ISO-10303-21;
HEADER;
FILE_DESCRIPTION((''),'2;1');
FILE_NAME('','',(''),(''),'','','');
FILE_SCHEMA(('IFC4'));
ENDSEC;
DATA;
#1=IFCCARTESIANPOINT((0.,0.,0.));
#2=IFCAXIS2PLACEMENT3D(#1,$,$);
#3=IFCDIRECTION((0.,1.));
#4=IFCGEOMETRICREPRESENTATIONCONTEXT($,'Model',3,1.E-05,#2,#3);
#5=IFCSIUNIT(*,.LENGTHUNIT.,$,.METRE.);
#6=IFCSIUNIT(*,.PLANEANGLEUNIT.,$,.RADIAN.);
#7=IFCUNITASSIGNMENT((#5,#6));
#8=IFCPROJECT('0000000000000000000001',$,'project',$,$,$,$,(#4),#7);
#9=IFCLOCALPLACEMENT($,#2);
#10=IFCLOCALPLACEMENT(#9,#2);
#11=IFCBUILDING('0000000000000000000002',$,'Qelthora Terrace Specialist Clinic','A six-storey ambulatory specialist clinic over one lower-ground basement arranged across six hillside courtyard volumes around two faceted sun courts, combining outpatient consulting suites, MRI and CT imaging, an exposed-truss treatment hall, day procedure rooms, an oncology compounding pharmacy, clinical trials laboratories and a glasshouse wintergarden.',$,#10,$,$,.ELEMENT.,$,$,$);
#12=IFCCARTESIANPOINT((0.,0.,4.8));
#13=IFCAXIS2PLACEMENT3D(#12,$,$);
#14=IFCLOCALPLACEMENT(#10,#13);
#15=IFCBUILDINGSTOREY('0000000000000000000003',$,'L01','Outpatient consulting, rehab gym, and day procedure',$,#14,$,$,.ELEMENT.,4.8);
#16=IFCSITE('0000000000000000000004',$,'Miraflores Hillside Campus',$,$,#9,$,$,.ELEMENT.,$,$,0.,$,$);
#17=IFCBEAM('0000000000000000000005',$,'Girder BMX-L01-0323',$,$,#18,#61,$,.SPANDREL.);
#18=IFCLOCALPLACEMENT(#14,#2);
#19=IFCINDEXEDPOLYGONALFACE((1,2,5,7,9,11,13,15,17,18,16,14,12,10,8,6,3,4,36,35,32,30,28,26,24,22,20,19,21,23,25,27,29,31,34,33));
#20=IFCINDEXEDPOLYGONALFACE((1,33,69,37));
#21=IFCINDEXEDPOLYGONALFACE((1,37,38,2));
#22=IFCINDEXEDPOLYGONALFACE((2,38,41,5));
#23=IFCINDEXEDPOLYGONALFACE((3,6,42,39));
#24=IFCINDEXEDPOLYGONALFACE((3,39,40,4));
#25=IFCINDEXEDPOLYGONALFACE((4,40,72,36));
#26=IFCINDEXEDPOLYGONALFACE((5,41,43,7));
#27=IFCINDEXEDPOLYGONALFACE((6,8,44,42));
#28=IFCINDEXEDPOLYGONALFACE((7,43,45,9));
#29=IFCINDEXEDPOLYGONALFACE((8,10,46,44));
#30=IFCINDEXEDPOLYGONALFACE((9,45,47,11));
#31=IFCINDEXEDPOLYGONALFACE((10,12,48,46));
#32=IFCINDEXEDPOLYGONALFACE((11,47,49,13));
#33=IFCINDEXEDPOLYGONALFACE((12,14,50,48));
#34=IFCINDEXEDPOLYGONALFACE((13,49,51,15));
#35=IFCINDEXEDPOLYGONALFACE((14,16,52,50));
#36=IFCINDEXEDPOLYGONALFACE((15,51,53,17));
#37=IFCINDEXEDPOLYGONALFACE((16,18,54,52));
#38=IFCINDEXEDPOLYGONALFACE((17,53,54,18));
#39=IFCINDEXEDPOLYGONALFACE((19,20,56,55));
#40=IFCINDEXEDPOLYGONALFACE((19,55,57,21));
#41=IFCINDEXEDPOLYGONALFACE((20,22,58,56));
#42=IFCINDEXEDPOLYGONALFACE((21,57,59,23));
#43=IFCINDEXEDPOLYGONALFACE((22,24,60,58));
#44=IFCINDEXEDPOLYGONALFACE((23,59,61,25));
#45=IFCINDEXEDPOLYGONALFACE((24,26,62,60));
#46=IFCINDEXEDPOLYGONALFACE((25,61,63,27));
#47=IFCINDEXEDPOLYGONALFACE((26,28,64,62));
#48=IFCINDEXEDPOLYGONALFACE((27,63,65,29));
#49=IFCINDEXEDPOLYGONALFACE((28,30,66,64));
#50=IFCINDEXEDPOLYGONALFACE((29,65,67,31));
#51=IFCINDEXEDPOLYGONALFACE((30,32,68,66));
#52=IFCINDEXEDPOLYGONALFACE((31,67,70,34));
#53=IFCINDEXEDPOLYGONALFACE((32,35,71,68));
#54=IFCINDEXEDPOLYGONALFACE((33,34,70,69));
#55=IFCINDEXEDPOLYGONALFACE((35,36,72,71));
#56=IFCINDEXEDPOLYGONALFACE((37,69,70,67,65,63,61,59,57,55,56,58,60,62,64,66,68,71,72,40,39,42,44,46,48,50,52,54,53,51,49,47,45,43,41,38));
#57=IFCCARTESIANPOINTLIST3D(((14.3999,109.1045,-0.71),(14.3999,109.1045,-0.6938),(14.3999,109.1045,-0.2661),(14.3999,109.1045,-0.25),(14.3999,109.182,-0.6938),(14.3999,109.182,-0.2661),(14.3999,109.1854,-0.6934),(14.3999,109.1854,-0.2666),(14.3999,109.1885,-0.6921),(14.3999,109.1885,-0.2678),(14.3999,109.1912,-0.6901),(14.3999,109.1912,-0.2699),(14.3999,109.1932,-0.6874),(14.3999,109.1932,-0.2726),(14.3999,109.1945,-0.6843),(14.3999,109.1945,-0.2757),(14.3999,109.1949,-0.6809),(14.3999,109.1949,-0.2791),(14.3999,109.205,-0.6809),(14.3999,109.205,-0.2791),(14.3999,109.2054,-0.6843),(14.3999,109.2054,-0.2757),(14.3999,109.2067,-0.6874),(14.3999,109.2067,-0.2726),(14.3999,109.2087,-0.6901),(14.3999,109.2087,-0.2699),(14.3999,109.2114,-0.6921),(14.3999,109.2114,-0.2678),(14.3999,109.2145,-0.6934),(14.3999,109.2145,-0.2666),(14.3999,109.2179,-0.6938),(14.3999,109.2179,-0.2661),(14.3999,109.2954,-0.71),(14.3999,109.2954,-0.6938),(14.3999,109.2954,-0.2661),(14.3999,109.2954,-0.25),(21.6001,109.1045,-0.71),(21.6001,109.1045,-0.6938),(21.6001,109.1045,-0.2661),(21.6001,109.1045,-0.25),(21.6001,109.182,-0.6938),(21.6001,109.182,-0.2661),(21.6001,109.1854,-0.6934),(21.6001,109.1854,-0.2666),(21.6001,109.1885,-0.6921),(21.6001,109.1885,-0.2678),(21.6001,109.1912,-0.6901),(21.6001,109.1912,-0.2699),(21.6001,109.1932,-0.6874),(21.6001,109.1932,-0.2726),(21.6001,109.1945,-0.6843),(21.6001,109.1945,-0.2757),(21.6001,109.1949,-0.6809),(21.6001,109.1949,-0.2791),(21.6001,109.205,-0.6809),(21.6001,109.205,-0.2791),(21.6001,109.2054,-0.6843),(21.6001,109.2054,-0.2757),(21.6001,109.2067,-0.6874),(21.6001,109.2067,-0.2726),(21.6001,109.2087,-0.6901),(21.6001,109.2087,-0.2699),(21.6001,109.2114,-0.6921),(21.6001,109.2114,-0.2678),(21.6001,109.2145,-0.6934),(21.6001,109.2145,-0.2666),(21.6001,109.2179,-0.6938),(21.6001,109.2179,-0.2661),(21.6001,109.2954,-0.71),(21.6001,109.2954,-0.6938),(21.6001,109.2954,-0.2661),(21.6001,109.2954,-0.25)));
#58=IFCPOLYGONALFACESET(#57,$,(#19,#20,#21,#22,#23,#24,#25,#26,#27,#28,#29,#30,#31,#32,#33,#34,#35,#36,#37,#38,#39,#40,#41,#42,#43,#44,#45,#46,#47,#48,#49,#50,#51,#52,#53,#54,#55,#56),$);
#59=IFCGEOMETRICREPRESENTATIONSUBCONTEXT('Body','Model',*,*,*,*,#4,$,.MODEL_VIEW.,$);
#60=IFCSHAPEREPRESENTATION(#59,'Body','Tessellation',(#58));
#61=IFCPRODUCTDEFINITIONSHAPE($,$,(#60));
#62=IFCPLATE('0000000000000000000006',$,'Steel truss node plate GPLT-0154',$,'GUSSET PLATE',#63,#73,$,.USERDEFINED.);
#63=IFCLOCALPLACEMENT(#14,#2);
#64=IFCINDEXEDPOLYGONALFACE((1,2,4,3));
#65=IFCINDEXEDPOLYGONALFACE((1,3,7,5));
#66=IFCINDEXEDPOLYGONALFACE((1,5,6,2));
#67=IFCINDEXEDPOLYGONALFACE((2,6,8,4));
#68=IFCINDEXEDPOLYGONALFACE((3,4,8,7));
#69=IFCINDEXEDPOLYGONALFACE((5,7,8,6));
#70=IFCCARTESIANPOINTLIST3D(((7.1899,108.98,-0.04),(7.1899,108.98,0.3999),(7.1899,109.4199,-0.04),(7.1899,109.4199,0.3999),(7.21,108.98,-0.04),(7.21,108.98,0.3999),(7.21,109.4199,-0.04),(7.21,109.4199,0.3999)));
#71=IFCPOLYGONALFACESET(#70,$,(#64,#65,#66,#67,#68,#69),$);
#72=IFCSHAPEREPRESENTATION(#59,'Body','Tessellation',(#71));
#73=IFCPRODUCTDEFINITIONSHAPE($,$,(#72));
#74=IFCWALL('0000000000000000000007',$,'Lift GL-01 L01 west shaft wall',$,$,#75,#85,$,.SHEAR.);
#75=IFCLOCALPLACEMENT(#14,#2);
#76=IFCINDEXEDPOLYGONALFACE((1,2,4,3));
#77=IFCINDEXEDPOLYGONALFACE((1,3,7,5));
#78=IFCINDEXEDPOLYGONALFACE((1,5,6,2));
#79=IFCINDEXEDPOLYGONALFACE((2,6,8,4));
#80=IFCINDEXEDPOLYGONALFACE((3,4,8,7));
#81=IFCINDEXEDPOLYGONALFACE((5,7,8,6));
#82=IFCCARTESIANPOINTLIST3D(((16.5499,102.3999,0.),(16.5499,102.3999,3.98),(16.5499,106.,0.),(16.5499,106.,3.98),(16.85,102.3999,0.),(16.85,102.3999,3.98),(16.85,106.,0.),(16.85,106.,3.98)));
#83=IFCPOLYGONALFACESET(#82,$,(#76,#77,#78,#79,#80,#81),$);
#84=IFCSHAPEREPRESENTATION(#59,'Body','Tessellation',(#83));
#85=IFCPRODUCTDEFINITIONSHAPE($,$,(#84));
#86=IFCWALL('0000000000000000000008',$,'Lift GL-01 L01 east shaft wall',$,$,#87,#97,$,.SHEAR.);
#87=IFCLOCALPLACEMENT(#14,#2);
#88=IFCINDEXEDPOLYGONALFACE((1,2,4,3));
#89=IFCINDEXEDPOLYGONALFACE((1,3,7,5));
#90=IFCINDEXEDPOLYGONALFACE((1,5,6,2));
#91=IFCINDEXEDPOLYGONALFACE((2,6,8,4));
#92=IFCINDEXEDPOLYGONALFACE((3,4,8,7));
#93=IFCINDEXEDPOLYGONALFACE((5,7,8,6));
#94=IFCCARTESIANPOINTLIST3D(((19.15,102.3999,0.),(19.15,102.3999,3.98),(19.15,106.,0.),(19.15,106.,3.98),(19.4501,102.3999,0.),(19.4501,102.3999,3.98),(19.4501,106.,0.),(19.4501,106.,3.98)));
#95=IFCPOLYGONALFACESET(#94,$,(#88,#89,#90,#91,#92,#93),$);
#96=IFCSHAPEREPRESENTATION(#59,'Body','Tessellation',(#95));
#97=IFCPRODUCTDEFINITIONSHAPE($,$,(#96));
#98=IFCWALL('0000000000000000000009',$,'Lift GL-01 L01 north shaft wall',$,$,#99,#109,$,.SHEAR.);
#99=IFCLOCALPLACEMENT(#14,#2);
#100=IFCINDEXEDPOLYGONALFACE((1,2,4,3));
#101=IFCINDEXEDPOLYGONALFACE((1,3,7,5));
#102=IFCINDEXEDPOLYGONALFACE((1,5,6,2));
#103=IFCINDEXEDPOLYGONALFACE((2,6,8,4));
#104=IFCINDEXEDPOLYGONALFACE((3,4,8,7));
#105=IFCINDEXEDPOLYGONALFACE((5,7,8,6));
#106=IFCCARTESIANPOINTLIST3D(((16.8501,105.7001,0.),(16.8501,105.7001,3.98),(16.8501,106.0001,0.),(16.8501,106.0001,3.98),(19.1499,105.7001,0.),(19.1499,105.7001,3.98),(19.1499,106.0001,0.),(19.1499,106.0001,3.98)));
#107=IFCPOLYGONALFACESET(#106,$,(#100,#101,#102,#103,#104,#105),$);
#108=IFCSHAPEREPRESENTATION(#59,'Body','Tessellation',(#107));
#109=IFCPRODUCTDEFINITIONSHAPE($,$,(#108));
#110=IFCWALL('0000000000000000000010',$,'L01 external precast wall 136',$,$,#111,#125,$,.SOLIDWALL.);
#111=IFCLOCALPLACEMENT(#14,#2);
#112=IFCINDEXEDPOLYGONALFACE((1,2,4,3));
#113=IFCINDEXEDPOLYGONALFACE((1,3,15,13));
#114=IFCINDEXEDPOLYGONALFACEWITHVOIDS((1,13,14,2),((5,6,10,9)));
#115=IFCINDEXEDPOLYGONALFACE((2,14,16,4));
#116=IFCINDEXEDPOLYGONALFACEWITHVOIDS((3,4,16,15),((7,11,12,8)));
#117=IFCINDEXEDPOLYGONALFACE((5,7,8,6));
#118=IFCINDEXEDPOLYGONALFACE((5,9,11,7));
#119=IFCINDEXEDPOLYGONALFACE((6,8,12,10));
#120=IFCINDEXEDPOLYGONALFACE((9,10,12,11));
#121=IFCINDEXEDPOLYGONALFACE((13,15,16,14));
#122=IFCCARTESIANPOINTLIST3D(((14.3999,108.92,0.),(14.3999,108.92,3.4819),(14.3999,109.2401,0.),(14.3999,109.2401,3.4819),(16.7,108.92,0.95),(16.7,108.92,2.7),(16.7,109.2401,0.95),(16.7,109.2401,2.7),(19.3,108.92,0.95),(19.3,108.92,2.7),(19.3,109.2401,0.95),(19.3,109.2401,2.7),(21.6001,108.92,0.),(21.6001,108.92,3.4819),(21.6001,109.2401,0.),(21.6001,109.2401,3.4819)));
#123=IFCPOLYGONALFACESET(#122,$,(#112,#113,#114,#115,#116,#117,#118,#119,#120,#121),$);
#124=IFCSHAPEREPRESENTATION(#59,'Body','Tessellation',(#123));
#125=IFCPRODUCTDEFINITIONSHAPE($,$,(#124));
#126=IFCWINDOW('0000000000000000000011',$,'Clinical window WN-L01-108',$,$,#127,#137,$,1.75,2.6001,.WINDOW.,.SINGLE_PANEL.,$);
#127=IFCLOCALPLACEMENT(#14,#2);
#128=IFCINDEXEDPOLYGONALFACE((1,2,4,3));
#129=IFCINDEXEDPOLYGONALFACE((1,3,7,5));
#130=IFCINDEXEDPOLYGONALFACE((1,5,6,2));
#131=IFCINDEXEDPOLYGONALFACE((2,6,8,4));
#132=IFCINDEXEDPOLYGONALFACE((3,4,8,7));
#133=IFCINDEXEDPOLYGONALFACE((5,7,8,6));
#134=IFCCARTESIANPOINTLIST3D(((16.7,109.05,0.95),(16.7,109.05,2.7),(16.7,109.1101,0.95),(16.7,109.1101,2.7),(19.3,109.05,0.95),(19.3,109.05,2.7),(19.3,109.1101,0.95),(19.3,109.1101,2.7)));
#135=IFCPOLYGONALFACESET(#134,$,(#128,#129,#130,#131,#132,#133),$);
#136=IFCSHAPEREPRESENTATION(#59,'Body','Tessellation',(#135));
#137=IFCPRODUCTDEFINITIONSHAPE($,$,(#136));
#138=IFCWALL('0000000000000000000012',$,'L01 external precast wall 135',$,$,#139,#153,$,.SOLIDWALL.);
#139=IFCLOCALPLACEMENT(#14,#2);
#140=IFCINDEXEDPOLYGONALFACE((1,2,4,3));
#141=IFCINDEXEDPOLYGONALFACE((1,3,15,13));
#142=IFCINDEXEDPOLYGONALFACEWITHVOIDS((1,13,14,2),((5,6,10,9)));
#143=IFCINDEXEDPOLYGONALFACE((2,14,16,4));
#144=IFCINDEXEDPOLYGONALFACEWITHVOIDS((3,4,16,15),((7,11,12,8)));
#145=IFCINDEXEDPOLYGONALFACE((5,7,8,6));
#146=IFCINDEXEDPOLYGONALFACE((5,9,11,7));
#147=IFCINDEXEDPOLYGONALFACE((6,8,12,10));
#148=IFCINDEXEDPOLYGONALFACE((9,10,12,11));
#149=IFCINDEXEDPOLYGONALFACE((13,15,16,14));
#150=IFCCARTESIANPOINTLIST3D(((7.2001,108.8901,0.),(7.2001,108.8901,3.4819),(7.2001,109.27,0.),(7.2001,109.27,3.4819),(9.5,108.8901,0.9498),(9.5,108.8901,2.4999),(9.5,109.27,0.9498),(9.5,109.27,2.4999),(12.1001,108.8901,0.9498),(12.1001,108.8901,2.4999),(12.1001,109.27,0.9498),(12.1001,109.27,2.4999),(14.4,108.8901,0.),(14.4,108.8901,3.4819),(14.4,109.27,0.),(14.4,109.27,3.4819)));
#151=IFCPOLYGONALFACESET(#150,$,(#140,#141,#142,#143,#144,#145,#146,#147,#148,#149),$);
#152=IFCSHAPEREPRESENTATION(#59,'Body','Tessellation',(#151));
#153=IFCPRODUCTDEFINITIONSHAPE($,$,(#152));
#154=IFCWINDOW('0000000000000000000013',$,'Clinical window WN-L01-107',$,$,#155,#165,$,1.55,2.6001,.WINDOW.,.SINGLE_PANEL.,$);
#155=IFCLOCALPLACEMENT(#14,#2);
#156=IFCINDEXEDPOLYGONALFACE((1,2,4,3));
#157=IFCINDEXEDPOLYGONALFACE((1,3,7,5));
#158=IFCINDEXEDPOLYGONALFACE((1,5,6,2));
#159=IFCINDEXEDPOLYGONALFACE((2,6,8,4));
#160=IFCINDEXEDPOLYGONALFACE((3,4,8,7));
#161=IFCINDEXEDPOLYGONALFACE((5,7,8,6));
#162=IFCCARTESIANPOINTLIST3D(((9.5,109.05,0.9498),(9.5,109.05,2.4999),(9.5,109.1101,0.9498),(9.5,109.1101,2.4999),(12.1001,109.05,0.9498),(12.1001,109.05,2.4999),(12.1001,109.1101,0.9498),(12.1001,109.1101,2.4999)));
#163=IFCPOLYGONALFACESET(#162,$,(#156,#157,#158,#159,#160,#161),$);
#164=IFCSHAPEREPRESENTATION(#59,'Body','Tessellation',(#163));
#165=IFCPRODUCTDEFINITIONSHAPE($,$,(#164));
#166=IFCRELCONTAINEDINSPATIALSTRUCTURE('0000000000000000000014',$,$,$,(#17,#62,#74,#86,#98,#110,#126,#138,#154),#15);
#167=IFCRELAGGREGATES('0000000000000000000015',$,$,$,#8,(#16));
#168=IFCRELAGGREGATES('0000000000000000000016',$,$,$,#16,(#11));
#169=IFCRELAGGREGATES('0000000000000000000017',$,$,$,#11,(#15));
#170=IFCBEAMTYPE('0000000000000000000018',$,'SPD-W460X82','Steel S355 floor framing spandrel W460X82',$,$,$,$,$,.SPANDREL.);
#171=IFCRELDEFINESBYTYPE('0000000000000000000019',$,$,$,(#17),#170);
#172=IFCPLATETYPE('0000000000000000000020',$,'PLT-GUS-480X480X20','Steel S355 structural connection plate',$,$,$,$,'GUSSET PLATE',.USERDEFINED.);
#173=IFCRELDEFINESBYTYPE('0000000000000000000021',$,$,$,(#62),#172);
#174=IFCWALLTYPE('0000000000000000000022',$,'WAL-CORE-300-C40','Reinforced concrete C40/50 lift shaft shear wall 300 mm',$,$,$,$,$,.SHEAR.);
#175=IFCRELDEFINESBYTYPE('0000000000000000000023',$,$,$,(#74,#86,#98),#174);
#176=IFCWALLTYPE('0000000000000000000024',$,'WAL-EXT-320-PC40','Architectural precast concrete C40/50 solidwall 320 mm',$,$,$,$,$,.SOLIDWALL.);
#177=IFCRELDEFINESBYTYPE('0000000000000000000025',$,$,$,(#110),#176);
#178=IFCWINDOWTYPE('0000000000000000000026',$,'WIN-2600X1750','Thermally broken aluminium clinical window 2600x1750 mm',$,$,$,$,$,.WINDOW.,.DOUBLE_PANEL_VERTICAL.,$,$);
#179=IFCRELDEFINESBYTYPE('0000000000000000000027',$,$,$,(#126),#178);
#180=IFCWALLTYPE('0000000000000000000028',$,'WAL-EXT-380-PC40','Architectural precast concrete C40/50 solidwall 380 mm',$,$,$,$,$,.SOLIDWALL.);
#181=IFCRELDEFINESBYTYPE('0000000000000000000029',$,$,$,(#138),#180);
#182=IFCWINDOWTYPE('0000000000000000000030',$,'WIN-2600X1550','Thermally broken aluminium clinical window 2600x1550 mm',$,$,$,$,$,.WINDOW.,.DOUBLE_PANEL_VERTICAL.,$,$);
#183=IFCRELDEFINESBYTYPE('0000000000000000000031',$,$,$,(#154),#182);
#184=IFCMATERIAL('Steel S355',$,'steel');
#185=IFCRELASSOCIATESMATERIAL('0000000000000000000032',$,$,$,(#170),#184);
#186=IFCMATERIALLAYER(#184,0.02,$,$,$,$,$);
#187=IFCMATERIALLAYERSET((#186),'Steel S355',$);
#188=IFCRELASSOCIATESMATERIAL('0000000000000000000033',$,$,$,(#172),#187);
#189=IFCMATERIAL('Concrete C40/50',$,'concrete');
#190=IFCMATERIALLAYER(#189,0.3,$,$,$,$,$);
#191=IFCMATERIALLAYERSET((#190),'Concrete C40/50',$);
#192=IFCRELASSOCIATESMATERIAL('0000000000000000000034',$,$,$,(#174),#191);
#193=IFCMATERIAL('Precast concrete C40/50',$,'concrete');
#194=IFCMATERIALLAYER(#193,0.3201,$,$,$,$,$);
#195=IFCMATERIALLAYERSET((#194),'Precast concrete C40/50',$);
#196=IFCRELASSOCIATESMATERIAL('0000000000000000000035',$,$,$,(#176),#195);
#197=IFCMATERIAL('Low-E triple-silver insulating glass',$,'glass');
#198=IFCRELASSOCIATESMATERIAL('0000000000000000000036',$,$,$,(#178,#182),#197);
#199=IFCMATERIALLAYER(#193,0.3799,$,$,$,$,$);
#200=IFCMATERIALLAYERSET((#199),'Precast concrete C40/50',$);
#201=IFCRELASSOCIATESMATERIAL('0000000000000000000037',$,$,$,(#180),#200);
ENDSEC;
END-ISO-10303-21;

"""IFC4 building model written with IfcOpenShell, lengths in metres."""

from ifc_helpers import new_model, si_unit, direction, frame, frame_2d, origin, origin_2d, place, context, subcontext, project, spatial, rectangle, i_section, extrude, material, layer, layer_set, material_profile, profile_set, type_object, element, fill, save


model = new_model("IFC4")

# Units and contexts
model_context = context("Model", 3, precision=1e-05, world=origin(), true_north=direction((0.0, 1.0)))
body_context = subcontext(model_context, "Body", "Model", "MODEL_VIEW")
ifc_project = project(units=[si_unit("LENGTHUNIT", "METRE"), si_unit("PLANEANGLEUNIT", "RADIAN")], contexts=[model_context])

# Site, building, storey
site_placement = place(None, origin())
site = spatial("IfcSite", under=ifc_project, at=site_placement, Name="Miraflores Hillside Campus", CompositionType="ELEMENT", RefElevation=0.0)
building_placement = place(site_placement, origin())
building = spatial("IfcBuilding", under=site, at=building_placement, Name="Qelthora Terrace Specialist Clinic", Description="A six-storey ambulatory specialist clinic over one lower-ground basement arranged across six hillside courtyard volumes around two faceted sun courts, combining outpatient consulting suites, MRI and CT imaging, an exposed-truss treatment hall, day procedure rooms, an oncology compounding pharmacy, clinical trials laboratories and a glasshouse wintergarden.", CompositionType="ELEMENT")
storey_placement = place(building_placement, frame((0.0, 0.0, 4.8)))
storey = spatial("IfcBuildingStorey", under=building, at=storey_placement, Name="L01", Description="Outpatient consulting, rehab gym, and day procedure", CompositionType="ELEMENT", Elevation=4.8)

# Shared definitions
ifc_material_1 = material(Name="Steel S355", Category="steel")

# Beam
ifc_material_profile_1 = material_profile(ifc_material_1, i_section(OverallWidth=0.1909, OverallDepth=0.46, WebThickness=0.01, FlangeThickness=0.0161, FilletRadius=0.0129, at=origin_2d()), Name="W460X82")
ifc_profile_set_1 = profile_set([ifc_material_profile_1], Name="Steel S355")
beam_type_1 = type_object("IfcBeamType", Name="SPD-W460X82", Description="Steel S355 floor framing spandrel W460X82", PredefinedType="SPANDREL", material=ifc_profile_set_1)
beam_1_placement = place(storey_placement, frame((14.3999, 109.2, -0.48), z_axis=(1.0, 0.0, 0.0), x_axis=(0.0, 1.0, 0.0)))
element("IfcBeam", 1, at=beam_1_placement, inside=storey, type_object=beam_type_1, Name="Girder BMX-L01-0323", PredefinedType="SPANDREL", context=body_context, shape_type="SweptSolid", body=[
    extrude(i_section(OverallWidth=0.1909, OverallDepth=0.46, WebThickness=0.01, FlangeThickness=0.0161, FilletRadius=0.0129, at=origin_2d()), origin(), (0.0, 0.0, 1.0), 7.2002),
])

# Plate
ifc_layer_1 = layer(ifc_material_1, 0.02)
ifc_layer_set_1 = layer_set([ifc_layer_1], Name="Steel S355")
plate_type = type_object("IfcPlateType", Name="PLT-GUS-480X480X20", Description="Steel S355 structural connection plate", ElementType="GUSSET PLATE", PredefinedType="USERDEFINED", material=ifc_layer_set_1)
plate_placement = place(storey_placement, frame((7.2, 109.2, -0.04), z_axis=(0.0, 0.0, 1.0), x_axis=(1.0, 0.0, 0.0)))
element("IfcPlate", 2, at=plate_placement, inside=storey, type_object=plate_type, Name="Steel truss node plate GPLT-0154", ObjectType="GUSSET PLATE", PredefinedType="USERDEFINED", context=body_context, shape_type="SweptSolid", body=[
    extrude(rectangle(XDim=0.02, YDim=0.4399, at=origin_2d()), origin(), (0.0, 0.0, 1.0), 0.4399),
])

# Walls
ifc_material_2 = material(Name="Concrete C40/50", Category="concrete")
ifc_layer_2 = layer(ifc_material_2, 0.3)
ifc_layer_set_2 = layer_set([ifc_layer_2], Name="Concrete C40/50")
wall_type_1 = type_object("IfcWallType", Name="WAL-CORE-300-C40", Description="Reinforced concrete C40/50 lift shaft shear wall 300 mm", PredefinedType="SHEAR", material=ifc_layer_set_2)
for number, where, z_axis, x_axis, name in (
    (3, (16.7, 102.3999, 0.0), (0.0, 0.0, 1.0), (0.0, 1.0, 0.0), "Lift GL-01 L01 west shaft wall"),
    (4, (19.3, 102.3999, 0.0), (0.0, 0.0, 1.0), (0.0, 1.0, 0.0), "Lift GL-01 L01 east shaft wall"),
):
    element("IfcWall", number, at=place(storey_placement, frame(where, z_axis=z_axis, x_axis=x_axis)), inside=storey, type_object=wall_type_1, Name=name, PredefinedType="SHEAR", context=body_context, shape_type="SweptSolid", body=[
        extrude(rectangle(XDim=3.6001, YDim=0.3, at=frame_2d((1.8, 0.0))), origin(), (0.0, 0.0, 1.0), 3.98),
    ])
wall_1_placement = place(storey_placement, frame((16.8501, 105.8501, 0.0), z_axis=(0.0, 0.0, 1.0), x_axis=(1.0, 0.0, 0.0)))
element("IfcWall", 5, at=wall_1_placement, inside=storey, type_object=wall_type_1, Name="Lift GL-01 L01 north shaft wall", PredefinedType="SHEAR", context=body_context, shape_type="SweptSolid", body=[
    extrude(rectangle(XDim=2.2998, YDim=0.3, at=frame_2d((1.1499, 0.0))), origin(), (0.0, 0.0, 1.0), 3.98),
])

# Walls, openings, windows
ifc_material_3 = material(Name="Precast concrete C40/50", Category="concrete")
ifc_layer_3 = layer(ifc_material_3, 0.3201)
ifc_layer_set_3 = layer_set([ifc_layer_3], Name="Precast concrete C40/50")
wall_type_2 = type_object("IfcWallType", Name="WAL-EXT-320-PC40", Description="Architectural precast concrete C40/50 solidwall 320 mm", PredefinedType="SOLIDWALL", material=ifc_layer_set_3)
wall_2_placement = place(storey_placement, frame((14.3999, 109.0801, 0.0), z_axis=(0.0, 0.0, 1.0), x_axis=(1.0, 0.0, 0.0)))
wall_2 = element("IfcWall", 6, at=wall_2_placement, inside=storey, type_object=wall_type_2, Name="L01 external precast wall 136", PredefinedType="SOLIDWALL", context=body_context, shape_type="SweptSolid", body=[
    extrude(rectangle(XDim=7.2002, YDim=0.3201, at=frame_2d((3.6001, 0.0))), origin(), (0.0, 0.0, 1.0), 3.4819),
])
opening_1_placement = place(wall_2_placement, frame((2.3, 0.0, 0.95)))
opening_1 = element("IfcOpeningElement", 7, at=opening_1_placement, cuts=wall_2, PredefinedType="OPENING", context=body_context, shape_type="SweptSolid", body=[
    extrude(rectangle(XDim=2.6001, YDim=1.75, at=frame_2d((1.3, 0.875))), frame((0.0, 0.1699, 0.0), z_axis=(0.0, -1.0, 0.0), x_axis=(1.0, 0.0, 0.0)), (0.0, 0.0, 1.0), 0.3401),
])
ifc_material_4 = material(Name="Low-E triple-silver insulating glass", Category="glass")
window_type_1 = type_object("IfcWindowType", Name="WIN-2600X1750", Description="Thermally broken aluminium clinical window 2600x1750 mm", PartitioningType="DOUBLE_PANEL_VERTICAL", PredefinedType="WINDOW", material=ifc_material_4)
window_1_placement = place(opening_1_placement, origin())
window_1 = element("IfcWindow", 8, at=window_1_placement, inside=storey, type_object=window_type_1, Name="Clinical window WN-L01-108", OverallHeight=1.75, OverallWidth=2.6001, PartitioningType="SINGLE_PANEL", PredefinedType="WINDOW", context=body_context, shape_type="SweptSolid", body=[
    extrude(rectangle(XDim=2.6001, YDim=1.75, at=frame_2d((1.3, 0.875))), frame((0.0, 0.03, 0.0), z_axis=(0.0, -1.0, 0.0), x_axis=(1.0, 0.0, 0.0)), (0.0, 0.0, 1.0), 0.0601),
])
fill(opening_1, window_1)
ifc_layer_4 = layer(ifc_material_3, 0.3799)
ifc_layer_set_4 = layer_set([ifc_layer_4], Name="Precast concrete C40/50")
wall_type_3 = type_object("IfcWallType", Name="WAL-EXT-380-PC40", Description="Architectural precast concrete C40/50 solidwall 380 mm", PredefinedType="SOLIDWALL", material=ifc_layer_set_4)
wall_3_placement = place(storey_placement, frame((7.2, 109.0801, 0.0), z_axis=(0.0, 0.0, 1.0), x_axis=(1.0, 0.0, 0.0)))
wall_3 = element("IfcWall", 9, at=wall_3_placement, inside=storey, type_object=wall_type_3, Name="L01 external precast wall 135", PredefinedType="SOLIDWALL", context=body_context, shape_type="SweptSolid", body=[
    extrude(rectangle(XDim=7.2, YDim=0.3799, at=frame_2d((3.6001, 0.0))), origin(), (0.0, 0.0, 1.0), 3.4819),
])
opening_2_placement = place(wall_3_placement, frame((2.3, 0.0, 0.95)))
opening_2 = element("IfcOpeningElement", 10, at=opening_2_placement, cuts=wall_3, PredefinedType="OPENING", context=body_context, shape_type="SweptSolid", body=[
    extrude(rectangle(XDim=2.6001, YDim=1.55, at=frame_2d((1.3, 0.7749))), frame((0.0, 0.2, 0.0), z_axis=(0.0, -1.0, 0.0), x_axis=(1.0, 0.0, 0.0)), (0.0, 0.0, 1.0), 0.3999),
])
window_type_2 = type_object("IfcWindowType", Name="WIN-2600X1550", Description="Thermally broken aluminium clinical window 2600x1550 mm", PartitioningType="DOUBLE_PANEL_VERTICAL", PredefinedType="WINDOW", material=ifc_material_4)
window_2_placement = place(opening_2_placement, origin())
window_2 = element("IfcWindow", 11, at=window_2_placement, inside=storey, type_object=window_type_2, Name="Clinical window WN-L01-107", OverallHeight=1.55, OverallWidth=2.6001, PartitioningType="SINGLE_PANEL", PredefinedType="WINDOW", context=body_context, shape_type="SweptSolid", body=[
    extrude(rectangle(XDim=2.6001, YDim=1.55, at=frame_2d((1.3, 0.7749))), frame((0.0, 0.03, 0.0), z_axis=(0.0, -1.0, 0.0), x_axis=(1.0, 0.0, 0.0)), (0.0, 0.0, 1.0), 0.0601),
])
fill(opening_2, window_2)

save(model, "model.ifc")
